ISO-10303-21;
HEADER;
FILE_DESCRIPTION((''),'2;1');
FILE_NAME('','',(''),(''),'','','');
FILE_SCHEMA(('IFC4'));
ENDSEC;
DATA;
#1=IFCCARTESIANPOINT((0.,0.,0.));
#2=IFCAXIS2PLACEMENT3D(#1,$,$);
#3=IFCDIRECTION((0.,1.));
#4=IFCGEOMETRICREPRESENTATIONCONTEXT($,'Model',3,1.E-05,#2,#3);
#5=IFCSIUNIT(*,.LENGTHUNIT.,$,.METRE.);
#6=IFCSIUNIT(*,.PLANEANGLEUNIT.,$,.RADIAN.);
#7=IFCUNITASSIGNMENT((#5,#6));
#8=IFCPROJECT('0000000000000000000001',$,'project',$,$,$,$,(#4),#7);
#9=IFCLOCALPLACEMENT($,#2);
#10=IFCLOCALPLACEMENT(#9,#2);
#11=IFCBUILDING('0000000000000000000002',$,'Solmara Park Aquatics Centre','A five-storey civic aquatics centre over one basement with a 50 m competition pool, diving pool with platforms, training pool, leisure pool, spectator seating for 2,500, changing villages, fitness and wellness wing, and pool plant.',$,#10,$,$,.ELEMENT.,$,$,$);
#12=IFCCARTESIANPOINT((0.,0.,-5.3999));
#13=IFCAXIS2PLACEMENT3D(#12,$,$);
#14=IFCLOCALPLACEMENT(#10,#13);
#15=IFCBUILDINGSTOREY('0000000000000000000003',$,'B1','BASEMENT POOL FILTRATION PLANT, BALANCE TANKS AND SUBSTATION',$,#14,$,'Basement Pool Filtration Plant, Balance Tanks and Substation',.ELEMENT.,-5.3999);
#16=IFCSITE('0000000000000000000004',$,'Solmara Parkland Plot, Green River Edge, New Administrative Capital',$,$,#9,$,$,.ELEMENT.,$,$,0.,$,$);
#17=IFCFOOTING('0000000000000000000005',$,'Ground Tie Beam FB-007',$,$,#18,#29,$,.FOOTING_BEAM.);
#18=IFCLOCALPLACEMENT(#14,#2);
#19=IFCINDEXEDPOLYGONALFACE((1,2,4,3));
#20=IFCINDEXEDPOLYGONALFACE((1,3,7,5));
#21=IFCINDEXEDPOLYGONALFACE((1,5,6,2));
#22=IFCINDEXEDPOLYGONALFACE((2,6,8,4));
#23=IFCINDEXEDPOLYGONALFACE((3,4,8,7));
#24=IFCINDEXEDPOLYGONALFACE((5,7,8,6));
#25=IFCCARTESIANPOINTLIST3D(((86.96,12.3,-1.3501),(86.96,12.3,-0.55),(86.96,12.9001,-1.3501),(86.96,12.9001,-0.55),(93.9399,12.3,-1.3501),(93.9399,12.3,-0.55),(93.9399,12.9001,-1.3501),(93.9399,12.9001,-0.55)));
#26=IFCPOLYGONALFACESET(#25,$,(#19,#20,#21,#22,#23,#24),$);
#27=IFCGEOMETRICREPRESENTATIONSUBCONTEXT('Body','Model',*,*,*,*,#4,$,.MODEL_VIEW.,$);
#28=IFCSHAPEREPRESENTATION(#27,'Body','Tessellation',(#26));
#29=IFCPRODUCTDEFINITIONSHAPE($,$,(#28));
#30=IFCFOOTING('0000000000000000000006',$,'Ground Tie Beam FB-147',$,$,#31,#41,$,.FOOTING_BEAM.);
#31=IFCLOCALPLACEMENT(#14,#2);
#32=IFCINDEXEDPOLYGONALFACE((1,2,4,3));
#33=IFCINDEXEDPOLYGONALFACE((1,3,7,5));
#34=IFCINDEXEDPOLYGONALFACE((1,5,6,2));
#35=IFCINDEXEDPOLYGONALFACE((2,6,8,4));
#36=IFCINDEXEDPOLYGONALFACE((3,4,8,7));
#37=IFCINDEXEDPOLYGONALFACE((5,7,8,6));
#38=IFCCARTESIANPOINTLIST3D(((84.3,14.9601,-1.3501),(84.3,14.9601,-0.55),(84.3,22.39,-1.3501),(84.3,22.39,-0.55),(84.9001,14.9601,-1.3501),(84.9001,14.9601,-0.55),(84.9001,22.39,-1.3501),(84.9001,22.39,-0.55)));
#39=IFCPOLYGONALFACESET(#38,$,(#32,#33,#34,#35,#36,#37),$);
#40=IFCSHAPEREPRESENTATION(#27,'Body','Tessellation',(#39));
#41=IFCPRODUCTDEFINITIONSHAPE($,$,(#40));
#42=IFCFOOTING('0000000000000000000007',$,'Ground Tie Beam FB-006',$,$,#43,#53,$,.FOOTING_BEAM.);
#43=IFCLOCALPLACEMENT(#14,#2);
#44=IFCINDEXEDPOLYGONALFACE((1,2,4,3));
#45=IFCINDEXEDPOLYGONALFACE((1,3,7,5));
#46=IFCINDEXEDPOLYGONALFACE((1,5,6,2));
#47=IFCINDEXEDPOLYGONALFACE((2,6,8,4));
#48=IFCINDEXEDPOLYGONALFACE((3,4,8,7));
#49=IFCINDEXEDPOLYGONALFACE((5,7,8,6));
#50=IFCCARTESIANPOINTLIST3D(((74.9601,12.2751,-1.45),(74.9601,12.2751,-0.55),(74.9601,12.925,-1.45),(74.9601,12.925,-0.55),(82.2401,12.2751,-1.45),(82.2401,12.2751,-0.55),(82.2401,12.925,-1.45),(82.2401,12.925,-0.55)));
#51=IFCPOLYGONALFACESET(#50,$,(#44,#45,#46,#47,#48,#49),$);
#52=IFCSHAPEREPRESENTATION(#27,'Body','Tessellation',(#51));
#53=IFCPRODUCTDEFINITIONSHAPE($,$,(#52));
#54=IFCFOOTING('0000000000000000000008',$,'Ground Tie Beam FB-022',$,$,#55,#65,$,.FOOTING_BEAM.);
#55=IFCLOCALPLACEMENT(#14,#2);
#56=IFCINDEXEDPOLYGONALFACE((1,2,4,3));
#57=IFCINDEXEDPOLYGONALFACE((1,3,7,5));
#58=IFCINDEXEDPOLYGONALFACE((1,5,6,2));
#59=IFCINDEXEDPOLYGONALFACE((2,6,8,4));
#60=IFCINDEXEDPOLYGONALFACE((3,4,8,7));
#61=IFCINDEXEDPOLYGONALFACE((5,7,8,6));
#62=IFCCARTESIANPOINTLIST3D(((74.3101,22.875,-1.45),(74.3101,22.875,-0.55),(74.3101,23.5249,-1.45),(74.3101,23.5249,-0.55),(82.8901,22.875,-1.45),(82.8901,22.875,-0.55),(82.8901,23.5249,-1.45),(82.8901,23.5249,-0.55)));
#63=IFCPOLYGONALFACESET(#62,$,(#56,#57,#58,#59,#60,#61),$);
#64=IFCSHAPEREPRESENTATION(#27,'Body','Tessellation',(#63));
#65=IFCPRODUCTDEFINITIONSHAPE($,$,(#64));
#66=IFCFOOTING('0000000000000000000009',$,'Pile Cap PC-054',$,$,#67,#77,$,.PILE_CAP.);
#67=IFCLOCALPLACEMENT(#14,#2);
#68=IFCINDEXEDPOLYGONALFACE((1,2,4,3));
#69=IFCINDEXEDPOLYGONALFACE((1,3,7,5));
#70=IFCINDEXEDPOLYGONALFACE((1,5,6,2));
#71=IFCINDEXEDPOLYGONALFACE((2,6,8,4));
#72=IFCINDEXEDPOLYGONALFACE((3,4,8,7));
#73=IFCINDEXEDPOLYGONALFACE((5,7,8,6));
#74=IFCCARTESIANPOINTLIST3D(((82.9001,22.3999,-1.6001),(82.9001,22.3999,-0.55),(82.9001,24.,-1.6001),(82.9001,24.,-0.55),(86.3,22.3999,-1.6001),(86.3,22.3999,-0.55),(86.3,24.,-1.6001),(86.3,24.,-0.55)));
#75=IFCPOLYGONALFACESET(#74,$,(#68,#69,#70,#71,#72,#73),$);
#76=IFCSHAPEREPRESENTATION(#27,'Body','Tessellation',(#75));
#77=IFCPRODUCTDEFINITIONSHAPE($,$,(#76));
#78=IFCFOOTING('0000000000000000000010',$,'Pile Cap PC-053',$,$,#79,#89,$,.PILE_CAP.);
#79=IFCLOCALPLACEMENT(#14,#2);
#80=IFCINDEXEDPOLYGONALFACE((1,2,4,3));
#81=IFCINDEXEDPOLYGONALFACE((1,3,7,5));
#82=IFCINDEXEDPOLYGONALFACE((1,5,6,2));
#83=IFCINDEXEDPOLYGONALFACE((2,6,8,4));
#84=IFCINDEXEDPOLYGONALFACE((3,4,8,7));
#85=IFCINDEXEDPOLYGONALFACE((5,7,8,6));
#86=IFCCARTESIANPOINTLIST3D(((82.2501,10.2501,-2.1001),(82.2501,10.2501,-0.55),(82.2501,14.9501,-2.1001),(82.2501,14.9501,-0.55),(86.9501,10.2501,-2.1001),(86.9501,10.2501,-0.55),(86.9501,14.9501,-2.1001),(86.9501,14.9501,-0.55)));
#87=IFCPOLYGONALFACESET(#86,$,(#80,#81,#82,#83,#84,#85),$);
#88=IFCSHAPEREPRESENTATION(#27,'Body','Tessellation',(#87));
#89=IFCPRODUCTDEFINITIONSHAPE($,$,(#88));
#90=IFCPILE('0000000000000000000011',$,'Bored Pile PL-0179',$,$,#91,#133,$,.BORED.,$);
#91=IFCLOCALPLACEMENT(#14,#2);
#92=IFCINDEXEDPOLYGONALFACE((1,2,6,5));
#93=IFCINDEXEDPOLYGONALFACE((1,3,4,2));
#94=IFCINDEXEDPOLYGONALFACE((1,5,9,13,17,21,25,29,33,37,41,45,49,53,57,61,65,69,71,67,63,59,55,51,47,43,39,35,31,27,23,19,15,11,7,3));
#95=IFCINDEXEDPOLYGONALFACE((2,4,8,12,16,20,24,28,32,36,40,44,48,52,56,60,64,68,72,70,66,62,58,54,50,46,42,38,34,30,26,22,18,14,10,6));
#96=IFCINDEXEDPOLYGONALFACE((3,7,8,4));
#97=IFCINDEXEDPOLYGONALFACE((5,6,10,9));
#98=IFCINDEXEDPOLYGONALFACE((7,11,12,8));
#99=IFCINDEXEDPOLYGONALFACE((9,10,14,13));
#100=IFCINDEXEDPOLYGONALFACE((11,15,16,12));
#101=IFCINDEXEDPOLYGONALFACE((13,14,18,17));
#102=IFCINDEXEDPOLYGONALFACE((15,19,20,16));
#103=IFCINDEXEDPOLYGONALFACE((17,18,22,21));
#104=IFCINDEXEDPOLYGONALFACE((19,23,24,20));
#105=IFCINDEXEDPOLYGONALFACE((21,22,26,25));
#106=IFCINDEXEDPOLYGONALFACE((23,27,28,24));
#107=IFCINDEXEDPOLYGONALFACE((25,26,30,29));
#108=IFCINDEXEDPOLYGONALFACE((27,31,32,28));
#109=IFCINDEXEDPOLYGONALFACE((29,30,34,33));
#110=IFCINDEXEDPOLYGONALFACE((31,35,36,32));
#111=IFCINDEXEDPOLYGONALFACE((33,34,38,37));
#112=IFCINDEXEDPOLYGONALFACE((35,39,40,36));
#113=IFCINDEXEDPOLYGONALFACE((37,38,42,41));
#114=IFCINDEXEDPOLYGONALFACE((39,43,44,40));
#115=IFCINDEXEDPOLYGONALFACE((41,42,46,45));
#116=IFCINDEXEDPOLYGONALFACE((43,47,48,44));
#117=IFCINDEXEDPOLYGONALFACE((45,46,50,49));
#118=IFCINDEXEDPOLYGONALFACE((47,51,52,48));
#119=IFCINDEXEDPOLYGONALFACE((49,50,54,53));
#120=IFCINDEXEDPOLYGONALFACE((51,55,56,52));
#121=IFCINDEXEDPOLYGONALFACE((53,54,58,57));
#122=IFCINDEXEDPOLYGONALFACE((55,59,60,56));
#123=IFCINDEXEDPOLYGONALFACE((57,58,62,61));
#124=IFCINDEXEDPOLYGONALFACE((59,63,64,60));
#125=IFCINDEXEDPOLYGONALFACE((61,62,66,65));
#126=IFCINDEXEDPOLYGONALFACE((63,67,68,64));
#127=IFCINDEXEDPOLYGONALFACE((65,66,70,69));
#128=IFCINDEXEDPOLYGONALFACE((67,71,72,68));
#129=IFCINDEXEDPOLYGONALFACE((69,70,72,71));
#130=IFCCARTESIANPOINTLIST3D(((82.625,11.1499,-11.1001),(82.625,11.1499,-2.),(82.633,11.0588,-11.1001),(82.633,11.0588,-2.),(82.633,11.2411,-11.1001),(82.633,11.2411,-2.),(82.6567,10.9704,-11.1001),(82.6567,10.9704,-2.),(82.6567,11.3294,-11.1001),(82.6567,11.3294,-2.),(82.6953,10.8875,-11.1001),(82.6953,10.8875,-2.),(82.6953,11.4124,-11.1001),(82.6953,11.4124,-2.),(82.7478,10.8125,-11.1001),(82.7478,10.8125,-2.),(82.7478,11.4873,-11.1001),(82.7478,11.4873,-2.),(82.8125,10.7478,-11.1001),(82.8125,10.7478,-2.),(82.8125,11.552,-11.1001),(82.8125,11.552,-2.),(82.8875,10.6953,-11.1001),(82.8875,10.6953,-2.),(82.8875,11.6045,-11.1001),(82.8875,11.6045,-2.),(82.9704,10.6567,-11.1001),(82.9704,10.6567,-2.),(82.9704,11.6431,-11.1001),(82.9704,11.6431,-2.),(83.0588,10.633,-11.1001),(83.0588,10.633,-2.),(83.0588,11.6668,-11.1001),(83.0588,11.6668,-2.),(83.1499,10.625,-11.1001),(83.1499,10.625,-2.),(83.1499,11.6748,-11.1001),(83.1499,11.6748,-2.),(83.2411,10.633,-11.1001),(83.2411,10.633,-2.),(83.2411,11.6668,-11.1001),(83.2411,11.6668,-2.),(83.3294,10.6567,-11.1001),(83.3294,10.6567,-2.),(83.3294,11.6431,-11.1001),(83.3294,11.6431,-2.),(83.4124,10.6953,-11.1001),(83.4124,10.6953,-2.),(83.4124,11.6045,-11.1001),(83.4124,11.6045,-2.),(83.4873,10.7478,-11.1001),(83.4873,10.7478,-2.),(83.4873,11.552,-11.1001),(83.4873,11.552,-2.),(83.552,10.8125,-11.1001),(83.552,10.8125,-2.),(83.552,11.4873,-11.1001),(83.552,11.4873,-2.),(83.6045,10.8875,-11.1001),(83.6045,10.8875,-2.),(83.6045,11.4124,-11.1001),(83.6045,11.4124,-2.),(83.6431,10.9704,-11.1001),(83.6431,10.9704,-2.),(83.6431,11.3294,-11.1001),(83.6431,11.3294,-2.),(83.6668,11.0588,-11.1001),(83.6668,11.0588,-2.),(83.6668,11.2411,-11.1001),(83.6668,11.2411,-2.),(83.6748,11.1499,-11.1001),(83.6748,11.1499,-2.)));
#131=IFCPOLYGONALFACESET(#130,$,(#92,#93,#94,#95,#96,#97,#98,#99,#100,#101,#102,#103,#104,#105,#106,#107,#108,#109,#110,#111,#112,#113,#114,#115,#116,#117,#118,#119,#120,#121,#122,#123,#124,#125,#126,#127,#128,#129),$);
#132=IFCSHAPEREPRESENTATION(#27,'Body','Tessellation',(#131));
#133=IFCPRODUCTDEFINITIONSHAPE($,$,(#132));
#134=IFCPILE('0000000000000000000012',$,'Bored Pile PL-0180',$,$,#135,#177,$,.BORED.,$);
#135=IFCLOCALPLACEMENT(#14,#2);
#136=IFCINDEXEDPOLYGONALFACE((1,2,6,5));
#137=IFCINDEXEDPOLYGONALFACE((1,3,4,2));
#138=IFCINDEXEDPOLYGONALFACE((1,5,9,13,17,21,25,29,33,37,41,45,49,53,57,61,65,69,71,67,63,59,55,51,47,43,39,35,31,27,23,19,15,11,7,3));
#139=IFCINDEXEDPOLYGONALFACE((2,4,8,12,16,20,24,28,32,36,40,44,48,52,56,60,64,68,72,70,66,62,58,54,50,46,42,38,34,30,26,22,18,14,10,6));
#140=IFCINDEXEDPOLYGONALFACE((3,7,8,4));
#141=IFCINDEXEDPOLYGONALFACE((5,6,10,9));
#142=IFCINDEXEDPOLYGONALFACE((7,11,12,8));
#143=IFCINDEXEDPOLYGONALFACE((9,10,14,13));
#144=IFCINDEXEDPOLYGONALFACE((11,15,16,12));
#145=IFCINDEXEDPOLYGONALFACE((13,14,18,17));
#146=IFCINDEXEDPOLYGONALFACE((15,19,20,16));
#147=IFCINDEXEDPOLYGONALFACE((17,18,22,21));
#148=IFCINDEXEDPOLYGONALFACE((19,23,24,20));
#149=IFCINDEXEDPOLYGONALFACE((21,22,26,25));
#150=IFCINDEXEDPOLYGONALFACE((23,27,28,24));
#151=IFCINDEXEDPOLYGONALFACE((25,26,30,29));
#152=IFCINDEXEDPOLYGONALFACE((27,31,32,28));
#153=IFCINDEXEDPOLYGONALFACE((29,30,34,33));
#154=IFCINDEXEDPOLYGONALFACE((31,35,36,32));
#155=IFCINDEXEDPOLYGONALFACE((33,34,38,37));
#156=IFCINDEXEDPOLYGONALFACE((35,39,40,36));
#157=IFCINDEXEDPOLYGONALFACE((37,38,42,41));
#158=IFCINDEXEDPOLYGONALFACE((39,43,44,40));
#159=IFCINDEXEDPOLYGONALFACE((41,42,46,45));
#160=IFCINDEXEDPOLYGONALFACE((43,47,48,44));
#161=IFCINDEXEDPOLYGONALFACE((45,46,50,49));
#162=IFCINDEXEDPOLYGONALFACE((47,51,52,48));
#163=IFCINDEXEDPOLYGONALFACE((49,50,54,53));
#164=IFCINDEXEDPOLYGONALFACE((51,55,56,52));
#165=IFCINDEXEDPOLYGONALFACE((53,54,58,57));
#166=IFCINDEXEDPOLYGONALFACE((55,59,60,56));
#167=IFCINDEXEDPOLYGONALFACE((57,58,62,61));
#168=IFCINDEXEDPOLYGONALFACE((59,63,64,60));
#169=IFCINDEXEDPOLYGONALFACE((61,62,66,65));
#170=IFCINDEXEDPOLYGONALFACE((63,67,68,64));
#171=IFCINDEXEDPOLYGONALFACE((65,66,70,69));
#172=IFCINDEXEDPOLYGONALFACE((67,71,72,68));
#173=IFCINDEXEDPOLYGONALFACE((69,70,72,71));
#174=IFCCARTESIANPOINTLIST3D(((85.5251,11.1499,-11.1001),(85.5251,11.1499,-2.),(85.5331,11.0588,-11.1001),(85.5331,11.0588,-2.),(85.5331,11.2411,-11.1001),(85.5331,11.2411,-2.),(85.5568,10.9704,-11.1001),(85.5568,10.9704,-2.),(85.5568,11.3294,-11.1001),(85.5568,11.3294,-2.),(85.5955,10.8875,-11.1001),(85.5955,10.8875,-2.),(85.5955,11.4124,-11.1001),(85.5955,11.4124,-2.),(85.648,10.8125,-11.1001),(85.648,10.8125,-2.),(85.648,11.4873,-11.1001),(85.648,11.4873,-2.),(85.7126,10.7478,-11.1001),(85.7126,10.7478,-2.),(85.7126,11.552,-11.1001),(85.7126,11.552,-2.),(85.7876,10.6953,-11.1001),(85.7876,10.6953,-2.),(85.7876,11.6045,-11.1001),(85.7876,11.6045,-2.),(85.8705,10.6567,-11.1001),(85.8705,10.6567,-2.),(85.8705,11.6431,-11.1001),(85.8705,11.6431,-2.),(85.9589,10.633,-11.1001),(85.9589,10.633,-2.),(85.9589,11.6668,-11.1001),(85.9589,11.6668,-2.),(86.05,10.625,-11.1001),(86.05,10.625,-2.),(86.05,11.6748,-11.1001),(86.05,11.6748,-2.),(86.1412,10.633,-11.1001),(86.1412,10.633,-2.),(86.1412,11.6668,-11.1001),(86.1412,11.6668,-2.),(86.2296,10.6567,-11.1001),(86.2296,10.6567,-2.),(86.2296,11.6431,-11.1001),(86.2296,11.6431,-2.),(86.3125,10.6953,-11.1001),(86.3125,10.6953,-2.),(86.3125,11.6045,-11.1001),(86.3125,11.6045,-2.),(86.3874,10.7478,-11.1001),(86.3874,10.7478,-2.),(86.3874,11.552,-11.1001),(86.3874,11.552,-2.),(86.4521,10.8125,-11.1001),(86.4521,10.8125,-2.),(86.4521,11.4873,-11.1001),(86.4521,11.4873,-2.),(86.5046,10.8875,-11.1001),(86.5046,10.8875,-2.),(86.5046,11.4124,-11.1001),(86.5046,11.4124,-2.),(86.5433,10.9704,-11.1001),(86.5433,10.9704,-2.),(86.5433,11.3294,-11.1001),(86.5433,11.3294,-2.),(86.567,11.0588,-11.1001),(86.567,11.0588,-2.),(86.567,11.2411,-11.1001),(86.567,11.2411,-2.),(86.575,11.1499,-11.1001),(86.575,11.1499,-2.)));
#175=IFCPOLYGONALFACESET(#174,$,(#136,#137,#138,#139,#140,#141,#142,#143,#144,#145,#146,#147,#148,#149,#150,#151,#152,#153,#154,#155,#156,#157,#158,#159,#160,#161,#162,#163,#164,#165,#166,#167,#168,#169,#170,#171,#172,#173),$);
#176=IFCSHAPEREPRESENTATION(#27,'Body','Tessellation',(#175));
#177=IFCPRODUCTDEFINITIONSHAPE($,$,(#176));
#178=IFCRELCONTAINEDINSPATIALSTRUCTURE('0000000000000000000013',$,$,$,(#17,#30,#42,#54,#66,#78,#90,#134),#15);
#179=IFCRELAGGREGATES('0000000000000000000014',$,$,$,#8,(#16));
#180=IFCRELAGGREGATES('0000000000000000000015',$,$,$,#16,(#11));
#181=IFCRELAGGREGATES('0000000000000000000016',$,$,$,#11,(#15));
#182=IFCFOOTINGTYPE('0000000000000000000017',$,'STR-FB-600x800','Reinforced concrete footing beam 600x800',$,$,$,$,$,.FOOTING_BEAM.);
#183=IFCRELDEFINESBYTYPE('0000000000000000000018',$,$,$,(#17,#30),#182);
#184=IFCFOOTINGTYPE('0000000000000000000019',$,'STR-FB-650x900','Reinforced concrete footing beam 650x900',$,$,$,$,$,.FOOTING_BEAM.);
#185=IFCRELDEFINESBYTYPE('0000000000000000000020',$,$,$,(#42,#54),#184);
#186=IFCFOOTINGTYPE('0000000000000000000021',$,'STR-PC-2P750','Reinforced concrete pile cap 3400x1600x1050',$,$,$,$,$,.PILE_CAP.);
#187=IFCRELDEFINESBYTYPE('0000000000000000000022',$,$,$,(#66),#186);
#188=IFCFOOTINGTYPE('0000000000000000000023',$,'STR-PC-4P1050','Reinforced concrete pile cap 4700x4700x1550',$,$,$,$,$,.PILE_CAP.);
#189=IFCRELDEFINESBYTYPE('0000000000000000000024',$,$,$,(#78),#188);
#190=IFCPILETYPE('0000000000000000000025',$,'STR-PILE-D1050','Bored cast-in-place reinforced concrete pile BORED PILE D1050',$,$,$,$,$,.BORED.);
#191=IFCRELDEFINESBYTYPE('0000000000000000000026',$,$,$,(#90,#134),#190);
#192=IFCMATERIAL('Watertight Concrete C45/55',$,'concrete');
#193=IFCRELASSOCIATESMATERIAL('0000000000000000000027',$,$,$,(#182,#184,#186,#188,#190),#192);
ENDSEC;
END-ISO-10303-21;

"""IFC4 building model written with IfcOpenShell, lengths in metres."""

from ifc_helpers import new_model, si_unit, direction, frame, origin, origin_2d, place, context, subcontext, project, spatial, rectangle, circle, extrude, material, material_profile, profile_set, type_object, element, save


model = new_model("IFC4")

# Units and contexts
model_context = context("Model", 3, precision=1e-05, world=origin(), true_north=direction((0.0, 1.0)))
body_context = subcontext(model_context, "Body", "Model", "MODEL_VIEW")
ifc_project = project(units=[si_unit("LENGTHUNIT", "METRE"), si_unit("PLANEANGLEUNIT", "RADIAN")], contexts=[model_context])

# Site, building, storey
site_placement = place(None, origin())
site = spatial("IfcSite", under=ifc_project, at=site_placement, Name="Solmara Parkland Plot, Green River Edge, New Administrative Capital", CompositionType="ELEMENT", RefElevation=0.0)
building_placement = place(site_placement, origin())
building = spatial("IfcBuilding", under=site, at=building_placement, Name="Solmara Park Aquatics Centre", Description="A five-storey civic aquatics centre over one basement with a 50 m competition pool, diving pool with platforms, training pool, leisure pool, spectator seating for 2,500, changing villages, fitness and wellness wing, and pool plant.", CompositionType="ELEMENT")
storey_placement = place(building_placement, frame((0.0, 0.0, -5.3999)))
storey = spatial("IfcBuildingStorey", under=building, at=storey_placement, Name="B1", Description="BASEMENT POOL FILTRATION PLANT, BALANCE TANKS AND SUBSTATION", LongName="Basement Pool Filtration Plant, Balance Tanks and Substation", CompositionType="ELEMENT", Elevation=-5.3999)

# Footings
ifc_material_1 = material(Name="Watertight Concrete C45/55", Category="concrete")
footing_type_1 = type_object("IfcFootingType", Name="STR-FB-600x800", Description="Reinforced concrete footing beam 600x800", PredefinedType="FOOTING_BEAM", material=ifc_material_1)
footing_1_placement = place(storey_placement, frame((90.45, 12.6001, -1.3501), z_axis=(0.0, 0.0, 1.0), x_axis=(1.0, 0.0, 0.0)))
element("IfcFooting", 1, at=footing_1_placement, inside=storey, type_object=footing_type_1, Name="Ground Tie Beam FB-007", PredefinedType="FOOTING_BEAM", context=body_context, shape_type="SweptSolid", body=[
    extrude(rectangle(XDim=6.98, YDim=0.6001, at=origin_2d()), origin(), (0.0, 0.0, 1.0), 0.8),
])
footing_2_placement = place(storey_placement, frame((84.6001, 18.675, -1.3501), z_axis=(0.0, 0.0, 1.0), x_axis=(1.0, 0.0, 0.0)))
element("IfcFooting", 2, at=footing_2_placement, inside=storey, type_object=footing_type_1, Name="Ground Tie Beam FB-147", PredefinedType="FOOTING_BEAM", context=body_context, shape_type="SweptSolid", body=[
    extrude(rectangle(XDim=0.6001, YDim=7.4299, at=origin_2d()), origin(), (0.0, 0.0, 1.0), 0.8),
])
footing_type_2 = type_object("IfcFootingType", Name="STR-FB-650x900", Description="Reinforced concrete footing beam 650x900", PredefinedType="FOOTING_BEAM", material=ifc_material_1)
footing_3_placement = place(storey_placement, frame((78.6001, 12.6001, -1.45), z_axis=(0.0, 0.0, 1.0), x_axis=(1.0, 0.0, 0.0)))
element("IfcFooting", 3, at=footing_3_placement, inside=storey, type_object=footing_type_2, Name="Ground Tie Beam FB-006", PredefinedType="FOOTING_BEAM", context=body_context, shape_type="SweptSolid", body=[
    extrude(rectangle(XDim=7.28, YDim=0.6499, at=origin_2d()), origin(), (0.0, 0.0, 1.0), 0.8999),
])
footing_4_placement = place(storey_placement, frame((78.6001, 23.2, -1.45), z_axis=(0.0, 0.0, 1.0), x_axis=(1.0, 0.0, 0.0)))
element("IfcFooting", 4, at=footing_4_placement, inside=storey, type_object=footing_type_2, Name="Ground Tie Beam FB-022", PredefinedType="FOOTING_BEAM", context=body_context, shape_type="SweptSolid", body=[
    extrude(rectangle(XDim=8.5801, YDim=0.6499, at=origin_2d()), origin(), (0.0, 0.0, 1.0), 0.8999),
])
footing_type_3 = type_object("IfcFootingType", Name="STR-PC-2P750", Description="Reinforced concrete pile cap 3400x1600x1050", PredefinedType="PILE_CAP", material=ifc_material_1)
footing_5_placement = place(storey_placement, frame((84.6001, 23.2, -1.6001), z_axis=(0.0, 0.0, 1.0), x_axis=(1.0, 0.0, 0.0)))
element("IfcFooting", 5, at=footing_5_placement, inside=storey, type_object=footing_type_3, Name="Pile Cap PC-054", PredefinedType="PILE_CAP", context=body_context, shape_type="SweptSolid", body=[
    extrude(rectangle(XDim=3.3999, YDim=1.6001, at=origin_2d()), origin(), (0.0, 0.0, 1.0), 1.05),
])
footing_type_4 = type_object("IfcFootingType", Name="STR-PC-4P1050", Description="Reinforced concrete pile cap 4700x4700x1550", PredefinedType="PILE_CAP", material=ifc_material_1)
footing_6_placement = place(storey_placement, frame((84.6001, 12.6001, -2.1001), z_axis=(0.0, 0.0, 1.0), x_axis=(1.0, 0.0, 0.0)))
element("IfcFooting", 6, at=footing_6_placement, inside=storey, type_object=footing_type_4, Name="Pile Cap PC-053", PredefinedType="PILE_CAP", context=body_context, shape_type="SweptSolid", body=[
    extrude(rectangle(XDim=4.7, YDim=4.7, at=origin_2d()), origin(), (0.0, 0.0, 1.0), 1.55),
])

# Piles
ifc_material_profile_1 = material_profile(ifc_material_1, circle(Radius=0.5249, at=origin_2d()), Name="BORED PILE D1050")
ifc_profile_set_1 = profile_set([ifc_material_profile_1], Name="Watertight Concrete C45/55")
pile_type_1 = type_object("IfcPileType", Name="STR-PILE-D1050", Description="Bored cast-in-place reinforced concrete pile BORED PILE D1050", PredefinedType="BORED", material=ifc_profile_set_1)
for number, where, z_axis, x_axis, name in (
    (7, (83.1499, 11.1499, -2.0), (0.0, 0.0, -1.0), (1.0, 0.0, 0.0), "Bored Pile PL-0179"),
    (8, (86.05, 11.1499, -2.0), (0.0, 0.0, -1.0), (1.0, 0.0, 0.0), "Bored Pile PL-0180"),
):
    element("IfcPile", number, at=place(storey_placement, frame(where, z_axis=z_axis, x_axis=x_axis)), inside=storey, type_object=pile_type_1, Name=name, PredefinedType="BORED", context=body_context, shape_type="SweptSolid", body=[
        extrude(circle(Radius=0.5249, at=origin_2d()), origin(), (0.0, 0.0, 1.0), 9.1001),
    ])

save(model, "model.ifc")
